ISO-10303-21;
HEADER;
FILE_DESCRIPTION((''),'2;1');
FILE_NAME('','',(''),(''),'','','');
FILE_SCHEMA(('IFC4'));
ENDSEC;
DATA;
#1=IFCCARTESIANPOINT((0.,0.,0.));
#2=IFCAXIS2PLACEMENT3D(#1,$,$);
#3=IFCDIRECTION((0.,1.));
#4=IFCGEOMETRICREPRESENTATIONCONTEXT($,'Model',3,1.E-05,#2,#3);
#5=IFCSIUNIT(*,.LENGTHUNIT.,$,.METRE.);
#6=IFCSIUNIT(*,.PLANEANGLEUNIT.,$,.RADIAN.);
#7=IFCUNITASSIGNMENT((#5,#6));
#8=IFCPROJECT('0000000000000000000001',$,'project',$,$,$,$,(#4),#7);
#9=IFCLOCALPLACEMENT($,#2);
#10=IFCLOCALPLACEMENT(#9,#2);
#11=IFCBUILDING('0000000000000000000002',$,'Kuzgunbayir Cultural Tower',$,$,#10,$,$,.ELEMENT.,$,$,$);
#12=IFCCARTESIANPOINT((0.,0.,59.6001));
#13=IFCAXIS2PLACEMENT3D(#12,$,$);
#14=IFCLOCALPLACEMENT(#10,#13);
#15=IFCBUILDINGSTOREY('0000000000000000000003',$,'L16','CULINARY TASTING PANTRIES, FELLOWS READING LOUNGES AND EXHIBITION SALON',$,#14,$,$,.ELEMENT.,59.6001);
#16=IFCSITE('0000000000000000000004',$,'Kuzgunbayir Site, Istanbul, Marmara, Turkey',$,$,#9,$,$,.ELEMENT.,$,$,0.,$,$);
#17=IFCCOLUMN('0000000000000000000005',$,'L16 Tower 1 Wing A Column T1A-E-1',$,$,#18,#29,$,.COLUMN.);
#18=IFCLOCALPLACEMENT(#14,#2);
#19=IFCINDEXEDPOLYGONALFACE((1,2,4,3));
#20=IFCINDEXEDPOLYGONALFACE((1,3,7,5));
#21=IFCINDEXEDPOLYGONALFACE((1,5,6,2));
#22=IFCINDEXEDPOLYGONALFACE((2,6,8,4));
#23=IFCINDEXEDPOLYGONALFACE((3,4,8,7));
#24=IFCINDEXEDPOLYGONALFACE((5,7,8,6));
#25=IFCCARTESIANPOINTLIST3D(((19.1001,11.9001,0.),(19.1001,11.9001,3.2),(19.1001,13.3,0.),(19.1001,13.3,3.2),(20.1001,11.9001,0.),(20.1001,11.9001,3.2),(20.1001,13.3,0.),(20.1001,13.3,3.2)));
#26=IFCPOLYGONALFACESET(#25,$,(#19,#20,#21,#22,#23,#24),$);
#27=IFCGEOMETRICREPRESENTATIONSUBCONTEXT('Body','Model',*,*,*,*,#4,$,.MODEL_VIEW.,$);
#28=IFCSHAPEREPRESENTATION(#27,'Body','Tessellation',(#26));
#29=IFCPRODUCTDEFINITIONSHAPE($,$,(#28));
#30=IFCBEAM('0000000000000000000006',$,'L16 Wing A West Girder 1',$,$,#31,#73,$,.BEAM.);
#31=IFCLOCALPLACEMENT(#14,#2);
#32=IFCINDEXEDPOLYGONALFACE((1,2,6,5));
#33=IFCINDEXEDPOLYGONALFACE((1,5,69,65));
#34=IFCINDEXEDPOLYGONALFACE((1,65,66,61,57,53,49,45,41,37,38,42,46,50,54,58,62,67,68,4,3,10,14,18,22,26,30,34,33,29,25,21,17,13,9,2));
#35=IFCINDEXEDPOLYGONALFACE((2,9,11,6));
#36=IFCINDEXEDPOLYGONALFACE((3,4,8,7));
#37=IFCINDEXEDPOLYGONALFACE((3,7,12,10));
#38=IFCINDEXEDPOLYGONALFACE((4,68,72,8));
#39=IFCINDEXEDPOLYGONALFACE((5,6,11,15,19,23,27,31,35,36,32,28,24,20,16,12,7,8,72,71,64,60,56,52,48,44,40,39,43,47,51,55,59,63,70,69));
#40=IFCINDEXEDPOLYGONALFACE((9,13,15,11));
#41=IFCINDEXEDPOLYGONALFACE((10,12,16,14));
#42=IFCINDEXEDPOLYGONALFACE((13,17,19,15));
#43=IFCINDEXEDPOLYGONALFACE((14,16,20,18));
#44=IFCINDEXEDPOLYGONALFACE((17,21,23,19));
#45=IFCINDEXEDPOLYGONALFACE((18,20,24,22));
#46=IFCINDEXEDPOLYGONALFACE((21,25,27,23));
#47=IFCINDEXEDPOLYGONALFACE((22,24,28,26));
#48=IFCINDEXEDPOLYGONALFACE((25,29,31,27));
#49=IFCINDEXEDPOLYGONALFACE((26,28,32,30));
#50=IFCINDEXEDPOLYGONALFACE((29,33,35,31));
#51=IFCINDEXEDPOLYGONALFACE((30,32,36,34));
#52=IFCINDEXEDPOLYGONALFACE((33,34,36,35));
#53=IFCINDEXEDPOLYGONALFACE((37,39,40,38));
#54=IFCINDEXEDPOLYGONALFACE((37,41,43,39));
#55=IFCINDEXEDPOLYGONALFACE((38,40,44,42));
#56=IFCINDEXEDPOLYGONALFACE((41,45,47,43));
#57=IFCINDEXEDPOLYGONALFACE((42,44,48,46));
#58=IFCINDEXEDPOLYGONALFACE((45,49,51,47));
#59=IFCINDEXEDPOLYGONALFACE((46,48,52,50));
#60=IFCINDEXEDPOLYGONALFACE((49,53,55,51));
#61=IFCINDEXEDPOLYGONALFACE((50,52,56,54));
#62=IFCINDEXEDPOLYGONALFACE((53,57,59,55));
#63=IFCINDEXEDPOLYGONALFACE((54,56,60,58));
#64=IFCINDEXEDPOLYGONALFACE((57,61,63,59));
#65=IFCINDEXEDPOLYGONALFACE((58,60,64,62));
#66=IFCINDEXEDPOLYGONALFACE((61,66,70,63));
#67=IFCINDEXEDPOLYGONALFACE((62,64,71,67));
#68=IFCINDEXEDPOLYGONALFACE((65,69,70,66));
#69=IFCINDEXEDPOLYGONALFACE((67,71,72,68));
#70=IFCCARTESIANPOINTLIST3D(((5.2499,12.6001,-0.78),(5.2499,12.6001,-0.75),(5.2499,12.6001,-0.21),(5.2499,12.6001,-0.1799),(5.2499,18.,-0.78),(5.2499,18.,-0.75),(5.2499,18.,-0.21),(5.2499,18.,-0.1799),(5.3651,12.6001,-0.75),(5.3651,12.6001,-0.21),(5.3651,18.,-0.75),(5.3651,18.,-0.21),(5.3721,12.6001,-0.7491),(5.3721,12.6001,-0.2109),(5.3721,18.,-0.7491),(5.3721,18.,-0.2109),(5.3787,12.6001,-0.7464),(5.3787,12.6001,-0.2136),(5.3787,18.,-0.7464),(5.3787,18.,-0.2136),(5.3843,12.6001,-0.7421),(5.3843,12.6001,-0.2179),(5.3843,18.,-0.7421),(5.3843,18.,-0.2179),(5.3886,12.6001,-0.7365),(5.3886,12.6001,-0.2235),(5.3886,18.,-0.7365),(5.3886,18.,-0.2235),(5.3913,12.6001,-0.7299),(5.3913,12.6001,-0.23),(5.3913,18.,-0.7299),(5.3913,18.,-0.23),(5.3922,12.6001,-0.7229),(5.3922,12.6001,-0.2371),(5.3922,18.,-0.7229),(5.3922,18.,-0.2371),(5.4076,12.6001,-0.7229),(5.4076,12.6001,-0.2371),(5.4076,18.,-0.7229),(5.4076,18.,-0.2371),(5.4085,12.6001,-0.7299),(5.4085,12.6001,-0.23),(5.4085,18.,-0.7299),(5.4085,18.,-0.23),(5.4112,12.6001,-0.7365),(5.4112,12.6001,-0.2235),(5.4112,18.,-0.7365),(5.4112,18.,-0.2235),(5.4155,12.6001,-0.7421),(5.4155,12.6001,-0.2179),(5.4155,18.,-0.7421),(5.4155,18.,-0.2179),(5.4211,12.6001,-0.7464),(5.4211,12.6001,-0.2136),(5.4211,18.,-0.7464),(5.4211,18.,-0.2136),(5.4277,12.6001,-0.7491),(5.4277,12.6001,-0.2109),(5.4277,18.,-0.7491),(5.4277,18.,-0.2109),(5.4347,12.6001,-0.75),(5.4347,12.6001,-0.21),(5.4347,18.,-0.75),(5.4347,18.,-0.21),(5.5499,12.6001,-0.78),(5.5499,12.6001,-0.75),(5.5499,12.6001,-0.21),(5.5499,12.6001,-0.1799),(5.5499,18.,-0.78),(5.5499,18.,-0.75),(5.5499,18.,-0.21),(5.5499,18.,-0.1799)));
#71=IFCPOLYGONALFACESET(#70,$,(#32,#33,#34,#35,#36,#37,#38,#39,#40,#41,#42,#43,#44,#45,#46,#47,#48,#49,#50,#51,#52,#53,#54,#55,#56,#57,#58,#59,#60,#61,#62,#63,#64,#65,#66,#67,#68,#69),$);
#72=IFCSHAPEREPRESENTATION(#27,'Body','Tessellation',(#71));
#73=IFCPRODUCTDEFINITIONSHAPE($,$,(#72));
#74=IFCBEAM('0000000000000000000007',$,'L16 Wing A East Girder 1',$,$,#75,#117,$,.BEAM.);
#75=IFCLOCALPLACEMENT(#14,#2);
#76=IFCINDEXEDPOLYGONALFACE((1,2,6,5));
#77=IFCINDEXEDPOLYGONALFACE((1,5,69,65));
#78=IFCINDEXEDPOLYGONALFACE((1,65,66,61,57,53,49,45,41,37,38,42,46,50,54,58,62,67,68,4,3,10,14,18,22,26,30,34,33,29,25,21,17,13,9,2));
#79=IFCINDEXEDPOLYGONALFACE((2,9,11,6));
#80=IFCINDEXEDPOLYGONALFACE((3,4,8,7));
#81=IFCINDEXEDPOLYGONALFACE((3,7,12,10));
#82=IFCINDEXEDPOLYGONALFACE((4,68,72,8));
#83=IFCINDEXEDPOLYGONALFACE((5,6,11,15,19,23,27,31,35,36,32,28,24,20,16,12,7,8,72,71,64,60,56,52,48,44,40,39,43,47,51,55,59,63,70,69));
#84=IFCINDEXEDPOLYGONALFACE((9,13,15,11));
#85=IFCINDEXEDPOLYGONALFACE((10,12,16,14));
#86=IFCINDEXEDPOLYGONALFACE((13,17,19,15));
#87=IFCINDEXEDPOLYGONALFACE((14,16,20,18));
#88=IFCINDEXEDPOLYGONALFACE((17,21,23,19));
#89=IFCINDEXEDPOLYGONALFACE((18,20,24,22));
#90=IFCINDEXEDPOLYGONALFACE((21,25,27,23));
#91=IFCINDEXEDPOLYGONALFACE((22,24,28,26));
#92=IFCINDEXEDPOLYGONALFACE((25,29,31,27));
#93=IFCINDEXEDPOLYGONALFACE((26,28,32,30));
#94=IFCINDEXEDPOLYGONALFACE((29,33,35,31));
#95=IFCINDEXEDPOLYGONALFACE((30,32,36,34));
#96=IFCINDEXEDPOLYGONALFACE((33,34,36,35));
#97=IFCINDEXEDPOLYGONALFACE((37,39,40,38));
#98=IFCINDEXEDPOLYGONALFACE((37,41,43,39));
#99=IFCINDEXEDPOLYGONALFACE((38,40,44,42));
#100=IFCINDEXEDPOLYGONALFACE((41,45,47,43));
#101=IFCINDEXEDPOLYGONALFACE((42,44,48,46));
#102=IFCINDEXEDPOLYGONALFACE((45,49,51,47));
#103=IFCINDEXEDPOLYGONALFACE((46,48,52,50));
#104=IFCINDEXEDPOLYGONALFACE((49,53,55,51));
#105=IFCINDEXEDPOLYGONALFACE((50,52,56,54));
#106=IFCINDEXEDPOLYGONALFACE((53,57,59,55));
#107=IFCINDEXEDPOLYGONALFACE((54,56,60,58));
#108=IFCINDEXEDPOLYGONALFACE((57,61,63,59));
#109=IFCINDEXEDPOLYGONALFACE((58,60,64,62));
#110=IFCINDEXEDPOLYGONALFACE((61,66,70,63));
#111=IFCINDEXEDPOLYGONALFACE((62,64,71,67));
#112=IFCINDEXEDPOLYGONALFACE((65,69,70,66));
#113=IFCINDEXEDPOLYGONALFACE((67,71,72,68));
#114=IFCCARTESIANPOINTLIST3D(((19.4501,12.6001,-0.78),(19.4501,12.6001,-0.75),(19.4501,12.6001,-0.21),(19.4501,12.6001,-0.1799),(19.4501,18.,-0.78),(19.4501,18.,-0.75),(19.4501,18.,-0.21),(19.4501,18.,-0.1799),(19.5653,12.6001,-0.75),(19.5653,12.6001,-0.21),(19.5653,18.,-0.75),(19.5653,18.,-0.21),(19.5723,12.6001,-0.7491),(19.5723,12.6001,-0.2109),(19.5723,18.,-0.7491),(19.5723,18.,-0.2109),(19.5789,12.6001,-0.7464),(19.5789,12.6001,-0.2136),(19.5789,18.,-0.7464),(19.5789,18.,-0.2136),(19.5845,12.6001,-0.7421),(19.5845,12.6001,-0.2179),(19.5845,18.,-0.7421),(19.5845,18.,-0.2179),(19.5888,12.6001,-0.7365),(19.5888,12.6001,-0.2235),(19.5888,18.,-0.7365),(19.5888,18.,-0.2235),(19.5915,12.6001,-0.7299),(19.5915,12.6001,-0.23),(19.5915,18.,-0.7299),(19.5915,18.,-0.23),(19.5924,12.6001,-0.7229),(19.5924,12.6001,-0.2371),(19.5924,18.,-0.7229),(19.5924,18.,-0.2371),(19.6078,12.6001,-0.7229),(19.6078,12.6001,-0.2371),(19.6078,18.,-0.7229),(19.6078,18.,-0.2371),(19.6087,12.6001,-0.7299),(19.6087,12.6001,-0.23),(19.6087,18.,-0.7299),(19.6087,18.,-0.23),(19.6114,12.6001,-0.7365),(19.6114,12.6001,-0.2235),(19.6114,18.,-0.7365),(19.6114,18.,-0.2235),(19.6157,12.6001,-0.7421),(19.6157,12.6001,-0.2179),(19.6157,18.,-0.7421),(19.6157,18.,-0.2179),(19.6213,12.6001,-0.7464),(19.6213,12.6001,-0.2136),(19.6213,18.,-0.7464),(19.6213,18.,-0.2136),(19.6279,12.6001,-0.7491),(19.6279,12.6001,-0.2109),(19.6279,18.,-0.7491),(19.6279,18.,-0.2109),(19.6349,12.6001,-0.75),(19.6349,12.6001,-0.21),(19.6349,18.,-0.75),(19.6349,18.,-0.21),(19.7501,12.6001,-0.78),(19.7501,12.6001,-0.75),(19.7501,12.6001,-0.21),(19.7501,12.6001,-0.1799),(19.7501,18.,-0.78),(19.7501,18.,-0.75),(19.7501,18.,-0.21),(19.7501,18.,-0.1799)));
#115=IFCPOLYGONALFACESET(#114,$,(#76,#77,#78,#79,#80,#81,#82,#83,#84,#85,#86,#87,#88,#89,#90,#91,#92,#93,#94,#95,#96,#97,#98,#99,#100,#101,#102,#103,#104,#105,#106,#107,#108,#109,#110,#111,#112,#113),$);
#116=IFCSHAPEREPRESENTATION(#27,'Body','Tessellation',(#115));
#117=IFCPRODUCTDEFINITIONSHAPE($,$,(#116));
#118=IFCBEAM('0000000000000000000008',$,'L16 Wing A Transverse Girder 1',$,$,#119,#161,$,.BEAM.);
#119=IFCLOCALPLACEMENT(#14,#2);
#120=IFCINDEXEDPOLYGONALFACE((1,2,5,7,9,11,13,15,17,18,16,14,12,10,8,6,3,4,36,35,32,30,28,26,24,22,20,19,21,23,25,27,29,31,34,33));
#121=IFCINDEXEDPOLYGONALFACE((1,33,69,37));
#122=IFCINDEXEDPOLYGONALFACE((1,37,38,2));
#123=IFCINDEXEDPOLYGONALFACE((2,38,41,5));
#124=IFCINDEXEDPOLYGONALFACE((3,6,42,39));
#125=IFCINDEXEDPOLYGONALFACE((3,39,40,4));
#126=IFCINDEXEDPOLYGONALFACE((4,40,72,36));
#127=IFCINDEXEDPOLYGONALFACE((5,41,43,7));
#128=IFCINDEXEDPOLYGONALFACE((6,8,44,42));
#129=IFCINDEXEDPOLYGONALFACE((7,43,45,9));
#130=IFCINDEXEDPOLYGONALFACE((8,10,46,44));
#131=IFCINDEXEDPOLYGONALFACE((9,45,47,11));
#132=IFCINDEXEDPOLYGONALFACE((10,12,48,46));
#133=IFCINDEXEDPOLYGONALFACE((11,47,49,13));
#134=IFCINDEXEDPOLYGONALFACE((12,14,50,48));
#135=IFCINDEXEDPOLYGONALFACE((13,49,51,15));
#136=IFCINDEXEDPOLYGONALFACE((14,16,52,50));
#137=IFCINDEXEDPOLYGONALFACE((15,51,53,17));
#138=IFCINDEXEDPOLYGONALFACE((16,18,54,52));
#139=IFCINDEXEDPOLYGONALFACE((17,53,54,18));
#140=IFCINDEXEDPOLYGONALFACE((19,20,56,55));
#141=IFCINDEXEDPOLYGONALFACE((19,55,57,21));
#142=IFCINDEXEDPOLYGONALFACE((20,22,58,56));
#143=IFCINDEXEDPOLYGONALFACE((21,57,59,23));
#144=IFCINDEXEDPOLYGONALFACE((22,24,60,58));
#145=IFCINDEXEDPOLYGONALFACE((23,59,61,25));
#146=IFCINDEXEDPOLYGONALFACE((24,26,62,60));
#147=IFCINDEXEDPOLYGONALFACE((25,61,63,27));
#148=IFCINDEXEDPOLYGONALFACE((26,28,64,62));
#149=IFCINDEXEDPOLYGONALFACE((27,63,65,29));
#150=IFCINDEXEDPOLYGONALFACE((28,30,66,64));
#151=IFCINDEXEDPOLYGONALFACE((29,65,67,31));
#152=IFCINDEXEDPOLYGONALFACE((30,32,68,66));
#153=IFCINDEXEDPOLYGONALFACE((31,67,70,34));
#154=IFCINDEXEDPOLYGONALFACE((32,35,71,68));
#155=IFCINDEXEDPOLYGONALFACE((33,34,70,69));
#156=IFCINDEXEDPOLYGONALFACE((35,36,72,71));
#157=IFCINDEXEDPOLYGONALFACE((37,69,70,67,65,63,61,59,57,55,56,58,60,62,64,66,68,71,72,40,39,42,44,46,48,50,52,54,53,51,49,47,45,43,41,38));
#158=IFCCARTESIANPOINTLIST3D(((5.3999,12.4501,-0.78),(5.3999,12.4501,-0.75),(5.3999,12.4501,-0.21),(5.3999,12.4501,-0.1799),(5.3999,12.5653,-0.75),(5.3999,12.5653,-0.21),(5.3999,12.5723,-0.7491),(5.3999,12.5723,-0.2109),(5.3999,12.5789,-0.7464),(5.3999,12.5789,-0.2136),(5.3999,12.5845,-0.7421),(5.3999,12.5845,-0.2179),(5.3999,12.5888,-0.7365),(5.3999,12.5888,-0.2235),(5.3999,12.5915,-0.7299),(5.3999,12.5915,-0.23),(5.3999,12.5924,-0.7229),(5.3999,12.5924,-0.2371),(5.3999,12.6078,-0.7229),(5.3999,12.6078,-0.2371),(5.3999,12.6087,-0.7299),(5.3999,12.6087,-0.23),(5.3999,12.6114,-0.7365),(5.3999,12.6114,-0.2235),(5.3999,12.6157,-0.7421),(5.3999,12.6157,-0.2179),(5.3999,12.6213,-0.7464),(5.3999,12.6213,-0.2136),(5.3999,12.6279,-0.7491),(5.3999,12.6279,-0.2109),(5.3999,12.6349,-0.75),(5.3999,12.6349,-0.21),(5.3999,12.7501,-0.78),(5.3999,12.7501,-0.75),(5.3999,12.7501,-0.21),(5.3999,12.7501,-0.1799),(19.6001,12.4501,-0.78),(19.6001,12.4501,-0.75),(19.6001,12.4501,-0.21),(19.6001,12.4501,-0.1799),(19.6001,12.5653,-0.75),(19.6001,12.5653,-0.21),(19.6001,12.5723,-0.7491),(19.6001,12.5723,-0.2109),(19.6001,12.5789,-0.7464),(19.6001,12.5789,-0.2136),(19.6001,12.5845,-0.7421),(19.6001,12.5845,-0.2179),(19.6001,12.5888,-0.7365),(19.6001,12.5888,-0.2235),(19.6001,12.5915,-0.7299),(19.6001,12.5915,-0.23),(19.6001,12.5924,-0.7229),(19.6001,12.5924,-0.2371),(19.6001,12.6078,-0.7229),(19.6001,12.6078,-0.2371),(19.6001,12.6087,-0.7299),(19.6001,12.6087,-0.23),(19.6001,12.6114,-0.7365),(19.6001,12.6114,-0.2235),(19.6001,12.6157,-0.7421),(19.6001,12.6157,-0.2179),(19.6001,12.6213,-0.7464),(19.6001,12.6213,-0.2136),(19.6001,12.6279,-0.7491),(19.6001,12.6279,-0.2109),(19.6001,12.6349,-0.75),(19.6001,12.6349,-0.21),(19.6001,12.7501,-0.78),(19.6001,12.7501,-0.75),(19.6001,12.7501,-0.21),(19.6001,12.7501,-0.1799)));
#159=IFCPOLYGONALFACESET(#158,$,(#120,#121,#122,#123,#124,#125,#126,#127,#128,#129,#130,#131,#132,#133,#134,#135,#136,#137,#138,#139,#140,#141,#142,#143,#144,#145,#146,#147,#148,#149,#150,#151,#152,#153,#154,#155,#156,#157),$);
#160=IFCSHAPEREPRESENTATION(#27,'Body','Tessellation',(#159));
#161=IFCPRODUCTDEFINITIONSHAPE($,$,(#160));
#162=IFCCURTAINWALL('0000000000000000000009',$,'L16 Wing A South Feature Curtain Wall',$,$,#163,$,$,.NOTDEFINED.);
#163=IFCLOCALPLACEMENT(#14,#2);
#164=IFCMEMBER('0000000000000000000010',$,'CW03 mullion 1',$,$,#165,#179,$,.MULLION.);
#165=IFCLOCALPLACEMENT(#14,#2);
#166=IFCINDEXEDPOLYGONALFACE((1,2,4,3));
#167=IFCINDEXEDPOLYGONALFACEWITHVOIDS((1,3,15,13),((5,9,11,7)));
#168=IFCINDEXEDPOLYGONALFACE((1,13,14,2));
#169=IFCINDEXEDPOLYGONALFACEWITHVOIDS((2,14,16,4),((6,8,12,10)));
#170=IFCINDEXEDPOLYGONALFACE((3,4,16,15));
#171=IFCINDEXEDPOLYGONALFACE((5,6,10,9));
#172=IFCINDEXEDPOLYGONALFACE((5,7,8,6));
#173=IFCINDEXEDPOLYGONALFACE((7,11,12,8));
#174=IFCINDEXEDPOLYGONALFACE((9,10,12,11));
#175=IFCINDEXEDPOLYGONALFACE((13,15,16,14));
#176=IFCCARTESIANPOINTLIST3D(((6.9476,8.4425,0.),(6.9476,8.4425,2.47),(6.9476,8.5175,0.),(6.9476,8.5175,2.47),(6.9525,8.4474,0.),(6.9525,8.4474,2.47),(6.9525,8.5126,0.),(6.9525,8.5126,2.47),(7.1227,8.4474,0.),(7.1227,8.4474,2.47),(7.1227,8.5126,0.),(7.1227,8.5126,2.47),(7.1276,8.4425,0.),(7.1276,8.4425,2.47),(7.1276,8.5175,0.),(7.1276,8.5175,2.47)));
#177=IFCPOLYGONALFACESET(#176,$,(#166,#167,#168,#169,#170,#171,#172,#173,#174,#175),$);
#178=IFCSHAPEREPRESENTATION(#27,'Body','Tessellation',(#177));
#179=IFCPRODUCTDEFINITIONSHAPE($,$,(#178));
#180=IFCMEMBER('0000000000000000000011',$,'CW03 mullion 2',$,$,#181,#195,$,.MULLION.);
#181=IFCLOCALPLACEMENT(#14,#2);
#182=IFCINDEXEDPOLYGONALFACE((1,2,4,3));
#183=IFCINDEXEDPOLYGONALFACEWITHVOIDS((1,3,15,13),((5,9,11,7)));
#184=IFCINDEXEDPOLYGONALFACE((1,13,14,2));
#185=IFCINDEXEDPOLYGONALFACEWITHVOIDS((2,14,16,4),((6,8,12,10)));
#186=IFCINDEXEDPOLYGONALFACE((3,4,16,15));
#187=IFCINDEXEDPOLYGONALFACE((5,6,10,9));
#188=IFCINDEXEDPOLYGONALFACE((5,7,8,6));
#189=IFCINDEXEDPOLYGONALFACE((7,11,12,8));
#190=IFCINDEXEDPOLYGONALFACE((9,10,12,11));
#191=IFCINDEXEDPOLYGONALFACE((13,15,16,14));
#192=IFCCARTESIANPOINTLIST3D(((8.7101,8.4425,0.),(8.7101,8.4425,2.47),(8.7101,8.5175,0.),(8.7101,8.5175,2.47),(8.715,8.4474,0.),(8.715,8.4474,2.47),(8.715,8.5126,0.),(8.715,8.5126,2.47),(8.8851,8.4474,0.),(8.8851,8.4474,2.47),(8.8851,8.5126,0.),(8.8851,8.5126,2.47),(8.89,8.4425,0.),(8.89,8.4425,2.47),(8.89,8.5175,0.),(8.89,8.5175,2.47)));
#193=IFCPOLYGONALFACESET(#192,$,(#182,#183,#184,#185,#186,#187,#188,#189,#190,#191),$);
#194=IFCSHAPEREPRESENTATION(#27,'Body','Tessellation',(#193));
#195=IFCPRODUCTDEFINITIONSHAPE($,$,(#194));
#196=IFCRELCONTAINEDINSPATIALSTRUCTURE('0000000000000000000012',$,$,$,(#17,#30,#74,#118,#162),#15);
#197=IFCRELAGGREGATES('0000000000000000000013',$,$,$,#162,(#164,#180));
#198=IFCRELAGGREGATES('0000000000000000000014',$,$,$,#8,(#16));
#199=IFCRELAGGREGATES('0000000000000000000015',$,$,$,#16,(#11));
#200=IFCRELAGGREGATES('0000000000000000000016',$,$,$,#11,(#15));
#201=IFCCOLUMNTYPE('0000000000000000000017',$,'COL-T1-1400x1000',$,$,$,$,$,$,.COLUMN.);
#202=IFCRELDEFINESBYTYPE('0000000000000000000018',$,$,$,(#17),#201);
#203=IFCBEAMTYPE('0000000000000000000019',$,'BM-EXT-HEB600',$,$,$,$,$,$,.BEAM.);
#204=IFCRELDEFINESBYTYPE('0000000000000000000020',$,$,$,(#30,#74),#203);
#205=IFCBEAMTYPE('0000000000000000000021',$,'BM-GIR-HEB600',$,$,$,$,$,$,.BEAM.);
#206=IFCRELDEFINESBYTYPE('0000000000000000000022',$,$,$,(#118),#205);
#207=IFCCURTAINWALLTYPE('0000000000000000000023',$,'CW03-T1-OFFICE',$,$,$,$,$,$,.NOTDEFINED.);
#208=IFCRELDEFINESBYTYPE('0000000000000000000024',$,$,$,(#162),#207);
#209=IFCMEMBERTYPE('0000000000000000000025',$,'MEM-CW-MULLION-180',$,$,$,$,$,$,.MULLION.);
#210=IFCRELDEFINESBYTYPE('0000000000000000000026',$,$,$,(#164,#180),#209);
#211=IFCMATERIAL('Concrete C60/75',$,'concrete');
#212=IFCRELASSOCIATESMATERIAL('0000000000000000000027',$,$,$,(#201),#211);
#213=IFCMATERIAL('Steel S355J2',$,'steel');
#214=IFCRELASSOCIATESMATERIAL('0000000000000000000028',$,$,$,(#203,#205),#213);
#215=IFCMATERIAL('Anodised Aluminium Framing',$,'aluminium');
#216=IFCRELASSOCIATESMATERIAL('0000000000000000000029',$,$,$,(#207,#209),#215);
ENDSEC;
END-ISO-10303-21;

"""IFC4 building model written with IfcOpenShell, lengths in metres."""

from ifc_helpers import new_model, si_unit, direction, frame, origin, origin_2d, place, context, subcontext, project, spatial, rectangle, hollow_rectangle, i_section, extrude, material, material_profile, profile_set, type_object, element, aggregate, save


model = new_model("IFC4")

# Units and contexts
model_context = context("Model", 3, precision=1e-05, world=origin(), true_north=direction((0.0, 1.0)))
body_context = subcontext(model_context, "Body", "Model", "MODEL_VIEW")
ifc_project = project(units=[si_unit("LENGTHUNIT", "METRE"), si_unit("PLANEANGLEUNIT", "RADIAN")], contexts=[model_context])

# Site, building, storey
site_placement = place(None, origin())
site = spatial("IfcSite", under=ifc_project, at=site_placement, Name="Kuzgunbayir Site, Istanbul, Marmara, Turkey", CompositionType="ELEMENT", RefElevation=0.0)
building_placement = place(site_placement, origin())
building = spatial("IfcBuilding", under=site, at=building_placement, Name="Kuzgunbayir Cultural Tower", CompositionType="ELEMENT")
storey_placement = place(building_placement, frame((0.0, 0.0, 59.6001)))
storey = spatial("IfcBuildingStorey", under=building, at=storey_placement, Name="L16", Description="CULINARY TASTING PANTRIES, FELLOWS READING LOUNGES AND EXHIBITION SALON", CompositionType="ELEMENT", Elevation=59.6001)

# Column
ifc_material_1 = material(Name="Concrete C60/75", Category="concrete")
ifc_material_profile_1 = material_profile(ifc_material_1, rectangle(XDim=1.0, YDim=1.3999, at=origin_2d()), Name="RC 1400x1000")
ifc_profile_set_1 = profile_set([ifc_material_profile_1], Name="Concrete C60/75")
column_type = type_object("IfcColumnType", Name="COL-T1-1400x1000", PredefinedType="COLUMN", material=ifc_profile_set_1)
column_placement = place(storey_placement, frame((19.6001, 12.6001, 0.0), z_axis=(0.0, 0.0, 1.0), x_axis=(1.0, 0.0, 0.0)))
element("IfcColumn", 1, at=column_placement, inside=storey, type_object=column_type, Name="L16 Tower 1 Wing A Column T1A-E-1", PredefinedType="COLUMN", context=body_context, shape_type="SweptSolid", body=[
    extrude(rectangle(XDim=1.0, YDim=1.3999, at=origin_2d()), origin(), (0.0, 0.0, 1.0), 3.2),
])

# Beams
ifc_material_2 = material(Name="Steel S355J2", Category="steel")
ifc_material_profile_2 = material_profile(ifc_material_2, i_section(OverallWidth=0.3, OverallDepth=0.6001, WebThickness=0.0154, FlangeThickness=0.03, FilletRadius=0.0271, at=origin_2d()), Name="HEB 600")
ifc_profile_set_2 = profile_set([ifc_material_profile_2], Name="Steel S355J2")
beam_type_1 = type_object("IfcBeamType", Name="BM-EXT-HEB600", PredefinedType="BEAM", material=ifc_profile_set_2)
for number, where, z_axis, x_axis, name in (
    (2, (5.3999, 12.6001, -0.48), (0.0, 1.0, 0.0), (-1.0, 0.0, 0.0), "L16 Wing A West Girder 1"),
    (3, (19.6001, 12.6001, -0.48), (0.0, 1.0, 0.0), (-1.0, 0.0, 0.0), "L16 Wing A East Girder 1"),
):
    element("IfcBeam", number, at=place(storey_placement, frame(where, z_axis=z_axis, x_axis=x_axis)), inside=storey, type_object=beam_type_1, Name=name, PredefinedType="BEAM", context=body_context, shape_type="SweptSolid", body=[
        extrude(i_section(OverallWidth=0.3, OverallDepth=0.6001, WebThickness=0.0154, FlangeThickness=0.03, FilletRadius=0.0271, at=origin_2d()), origin(), (0.0, 0.0, 1.0), 5.3999),
    ])
ifc_material_profile_3 = material_profile(ifc_material_2, i_section(OverallWidth=0.3, OverallDepth=0.6001, WebThickness=0.0154, FlangeThickness=0.03, FilletRadius=0.0271, at=origin_2d()), Name="HEB 600")
ifc_profile_set_3 = profile_set([ifc_material_profile_3], Name="Steel S355J2")
beam_type_2 = type_object("IfcBeamType", Name="BM-GIR-HEB600", PredefinedType="BEAM", material=ifc_profile_set_3)
beam_placement = place(storey_placement, frame((5.3999, 12.6001, -0.48), z_axis=(1.0, 0.0, 0.0), x_axis=(0.0, 1.0, 0.0)))
element("IfcBeam", 4, at=beam_placement, inside=storey, type_object=beam_type_2, Name="L16 Wing A Transverse Girder 1", PredefinedType="BEAM", context=body_context, shape_type="SweptSolid", body=[
    extrude(i_section(OverallWidth=0.3, OverallDepth=0.6001, WebThickness=0.0154, FlangeThickness=0.03, FilletRadius=0.0271, at=origin_2d()), origin(), (0.0, 0.0, 1.0), 14.2002),
])

# Curtain wall, members
ifc_material_3 = material(Name="Anodised Aluminium Framing", Category="aluminium")
curtain_wall_type = type_object("IfcCurtainWallType", Name="CW03-T1-OFFICE", PredefinedType="NOTDEFINED", material=ifc_material_3)
curtain_wall_placement = place(storey_placement, origin())
curtain_wall = element("IfcCurtainWall", 5, at=curtain_wall_placement, inside=storey, type_object=curtain_wall_type, Name="L16 Wing A South Feature Curtain Wall", PredefinedType="NOTDEFINED")
ifc_material_profile_4 = material_profile(ifc_material_3, hollow_rectangle(XDim=0.075, YDim=0.1799, WallThickness=0.0049, at=origin_2d()), Name="RHS 180x75x5")
ifc_profile_set_4 = profile_set([ifc_material_profile_4], Name="Anodised Aluminium Framing")
member_type_1 = type_object("IfcMemberType", Name="MEM-CW-MULLION-180", PredefinedType="MULLION", material=ifc_profile_set_4)
member_1_placement = place(storey_placement, frame((7.0376, 8.48, 0.0), z_axis=(0.0, 0.0, 1.0), x_axis=(0.0, 1.0, 0.0)))
member_1 = element("IfcMember", 6, at=member_1_placement, type_object=member_type_1, Name="CW03 mullion 1", PredefinedType="MULLION", context=body_context, shape_type="SweptSolid", body=[
    extrude(hollow_rectangle(XDim=0.075, YDim=0.1799, WallThickness=0.0049, at=origin_2d()), origin(), (0.0, 0.0, 1.0), 2.47),
])
member_2_placement = place(storey_placement, frame((8.8, 8.48, 0.0), z_axis=(0.0, 0.0, 1.0), x_axis=(0.0, 1.0, 0.0)))
member_2 = element("IfcMember", 7, at=member_2_placement, type_object=member_type_1, Name="CW03 mullion 2", PredefinedType="MULLION", context=body_context, shape_type="SweptSolid", body=[
    extrude(hollow_rectangle(XDim=0.075, YDim=0.1799, WallThickness=0.0049, at=origin_2d()), origin(), (0.0, 0.0, 1.0), 2.47),
])
aggregate(curtain_wall, [member_1, member_2])

save(model, "model.ifc")
